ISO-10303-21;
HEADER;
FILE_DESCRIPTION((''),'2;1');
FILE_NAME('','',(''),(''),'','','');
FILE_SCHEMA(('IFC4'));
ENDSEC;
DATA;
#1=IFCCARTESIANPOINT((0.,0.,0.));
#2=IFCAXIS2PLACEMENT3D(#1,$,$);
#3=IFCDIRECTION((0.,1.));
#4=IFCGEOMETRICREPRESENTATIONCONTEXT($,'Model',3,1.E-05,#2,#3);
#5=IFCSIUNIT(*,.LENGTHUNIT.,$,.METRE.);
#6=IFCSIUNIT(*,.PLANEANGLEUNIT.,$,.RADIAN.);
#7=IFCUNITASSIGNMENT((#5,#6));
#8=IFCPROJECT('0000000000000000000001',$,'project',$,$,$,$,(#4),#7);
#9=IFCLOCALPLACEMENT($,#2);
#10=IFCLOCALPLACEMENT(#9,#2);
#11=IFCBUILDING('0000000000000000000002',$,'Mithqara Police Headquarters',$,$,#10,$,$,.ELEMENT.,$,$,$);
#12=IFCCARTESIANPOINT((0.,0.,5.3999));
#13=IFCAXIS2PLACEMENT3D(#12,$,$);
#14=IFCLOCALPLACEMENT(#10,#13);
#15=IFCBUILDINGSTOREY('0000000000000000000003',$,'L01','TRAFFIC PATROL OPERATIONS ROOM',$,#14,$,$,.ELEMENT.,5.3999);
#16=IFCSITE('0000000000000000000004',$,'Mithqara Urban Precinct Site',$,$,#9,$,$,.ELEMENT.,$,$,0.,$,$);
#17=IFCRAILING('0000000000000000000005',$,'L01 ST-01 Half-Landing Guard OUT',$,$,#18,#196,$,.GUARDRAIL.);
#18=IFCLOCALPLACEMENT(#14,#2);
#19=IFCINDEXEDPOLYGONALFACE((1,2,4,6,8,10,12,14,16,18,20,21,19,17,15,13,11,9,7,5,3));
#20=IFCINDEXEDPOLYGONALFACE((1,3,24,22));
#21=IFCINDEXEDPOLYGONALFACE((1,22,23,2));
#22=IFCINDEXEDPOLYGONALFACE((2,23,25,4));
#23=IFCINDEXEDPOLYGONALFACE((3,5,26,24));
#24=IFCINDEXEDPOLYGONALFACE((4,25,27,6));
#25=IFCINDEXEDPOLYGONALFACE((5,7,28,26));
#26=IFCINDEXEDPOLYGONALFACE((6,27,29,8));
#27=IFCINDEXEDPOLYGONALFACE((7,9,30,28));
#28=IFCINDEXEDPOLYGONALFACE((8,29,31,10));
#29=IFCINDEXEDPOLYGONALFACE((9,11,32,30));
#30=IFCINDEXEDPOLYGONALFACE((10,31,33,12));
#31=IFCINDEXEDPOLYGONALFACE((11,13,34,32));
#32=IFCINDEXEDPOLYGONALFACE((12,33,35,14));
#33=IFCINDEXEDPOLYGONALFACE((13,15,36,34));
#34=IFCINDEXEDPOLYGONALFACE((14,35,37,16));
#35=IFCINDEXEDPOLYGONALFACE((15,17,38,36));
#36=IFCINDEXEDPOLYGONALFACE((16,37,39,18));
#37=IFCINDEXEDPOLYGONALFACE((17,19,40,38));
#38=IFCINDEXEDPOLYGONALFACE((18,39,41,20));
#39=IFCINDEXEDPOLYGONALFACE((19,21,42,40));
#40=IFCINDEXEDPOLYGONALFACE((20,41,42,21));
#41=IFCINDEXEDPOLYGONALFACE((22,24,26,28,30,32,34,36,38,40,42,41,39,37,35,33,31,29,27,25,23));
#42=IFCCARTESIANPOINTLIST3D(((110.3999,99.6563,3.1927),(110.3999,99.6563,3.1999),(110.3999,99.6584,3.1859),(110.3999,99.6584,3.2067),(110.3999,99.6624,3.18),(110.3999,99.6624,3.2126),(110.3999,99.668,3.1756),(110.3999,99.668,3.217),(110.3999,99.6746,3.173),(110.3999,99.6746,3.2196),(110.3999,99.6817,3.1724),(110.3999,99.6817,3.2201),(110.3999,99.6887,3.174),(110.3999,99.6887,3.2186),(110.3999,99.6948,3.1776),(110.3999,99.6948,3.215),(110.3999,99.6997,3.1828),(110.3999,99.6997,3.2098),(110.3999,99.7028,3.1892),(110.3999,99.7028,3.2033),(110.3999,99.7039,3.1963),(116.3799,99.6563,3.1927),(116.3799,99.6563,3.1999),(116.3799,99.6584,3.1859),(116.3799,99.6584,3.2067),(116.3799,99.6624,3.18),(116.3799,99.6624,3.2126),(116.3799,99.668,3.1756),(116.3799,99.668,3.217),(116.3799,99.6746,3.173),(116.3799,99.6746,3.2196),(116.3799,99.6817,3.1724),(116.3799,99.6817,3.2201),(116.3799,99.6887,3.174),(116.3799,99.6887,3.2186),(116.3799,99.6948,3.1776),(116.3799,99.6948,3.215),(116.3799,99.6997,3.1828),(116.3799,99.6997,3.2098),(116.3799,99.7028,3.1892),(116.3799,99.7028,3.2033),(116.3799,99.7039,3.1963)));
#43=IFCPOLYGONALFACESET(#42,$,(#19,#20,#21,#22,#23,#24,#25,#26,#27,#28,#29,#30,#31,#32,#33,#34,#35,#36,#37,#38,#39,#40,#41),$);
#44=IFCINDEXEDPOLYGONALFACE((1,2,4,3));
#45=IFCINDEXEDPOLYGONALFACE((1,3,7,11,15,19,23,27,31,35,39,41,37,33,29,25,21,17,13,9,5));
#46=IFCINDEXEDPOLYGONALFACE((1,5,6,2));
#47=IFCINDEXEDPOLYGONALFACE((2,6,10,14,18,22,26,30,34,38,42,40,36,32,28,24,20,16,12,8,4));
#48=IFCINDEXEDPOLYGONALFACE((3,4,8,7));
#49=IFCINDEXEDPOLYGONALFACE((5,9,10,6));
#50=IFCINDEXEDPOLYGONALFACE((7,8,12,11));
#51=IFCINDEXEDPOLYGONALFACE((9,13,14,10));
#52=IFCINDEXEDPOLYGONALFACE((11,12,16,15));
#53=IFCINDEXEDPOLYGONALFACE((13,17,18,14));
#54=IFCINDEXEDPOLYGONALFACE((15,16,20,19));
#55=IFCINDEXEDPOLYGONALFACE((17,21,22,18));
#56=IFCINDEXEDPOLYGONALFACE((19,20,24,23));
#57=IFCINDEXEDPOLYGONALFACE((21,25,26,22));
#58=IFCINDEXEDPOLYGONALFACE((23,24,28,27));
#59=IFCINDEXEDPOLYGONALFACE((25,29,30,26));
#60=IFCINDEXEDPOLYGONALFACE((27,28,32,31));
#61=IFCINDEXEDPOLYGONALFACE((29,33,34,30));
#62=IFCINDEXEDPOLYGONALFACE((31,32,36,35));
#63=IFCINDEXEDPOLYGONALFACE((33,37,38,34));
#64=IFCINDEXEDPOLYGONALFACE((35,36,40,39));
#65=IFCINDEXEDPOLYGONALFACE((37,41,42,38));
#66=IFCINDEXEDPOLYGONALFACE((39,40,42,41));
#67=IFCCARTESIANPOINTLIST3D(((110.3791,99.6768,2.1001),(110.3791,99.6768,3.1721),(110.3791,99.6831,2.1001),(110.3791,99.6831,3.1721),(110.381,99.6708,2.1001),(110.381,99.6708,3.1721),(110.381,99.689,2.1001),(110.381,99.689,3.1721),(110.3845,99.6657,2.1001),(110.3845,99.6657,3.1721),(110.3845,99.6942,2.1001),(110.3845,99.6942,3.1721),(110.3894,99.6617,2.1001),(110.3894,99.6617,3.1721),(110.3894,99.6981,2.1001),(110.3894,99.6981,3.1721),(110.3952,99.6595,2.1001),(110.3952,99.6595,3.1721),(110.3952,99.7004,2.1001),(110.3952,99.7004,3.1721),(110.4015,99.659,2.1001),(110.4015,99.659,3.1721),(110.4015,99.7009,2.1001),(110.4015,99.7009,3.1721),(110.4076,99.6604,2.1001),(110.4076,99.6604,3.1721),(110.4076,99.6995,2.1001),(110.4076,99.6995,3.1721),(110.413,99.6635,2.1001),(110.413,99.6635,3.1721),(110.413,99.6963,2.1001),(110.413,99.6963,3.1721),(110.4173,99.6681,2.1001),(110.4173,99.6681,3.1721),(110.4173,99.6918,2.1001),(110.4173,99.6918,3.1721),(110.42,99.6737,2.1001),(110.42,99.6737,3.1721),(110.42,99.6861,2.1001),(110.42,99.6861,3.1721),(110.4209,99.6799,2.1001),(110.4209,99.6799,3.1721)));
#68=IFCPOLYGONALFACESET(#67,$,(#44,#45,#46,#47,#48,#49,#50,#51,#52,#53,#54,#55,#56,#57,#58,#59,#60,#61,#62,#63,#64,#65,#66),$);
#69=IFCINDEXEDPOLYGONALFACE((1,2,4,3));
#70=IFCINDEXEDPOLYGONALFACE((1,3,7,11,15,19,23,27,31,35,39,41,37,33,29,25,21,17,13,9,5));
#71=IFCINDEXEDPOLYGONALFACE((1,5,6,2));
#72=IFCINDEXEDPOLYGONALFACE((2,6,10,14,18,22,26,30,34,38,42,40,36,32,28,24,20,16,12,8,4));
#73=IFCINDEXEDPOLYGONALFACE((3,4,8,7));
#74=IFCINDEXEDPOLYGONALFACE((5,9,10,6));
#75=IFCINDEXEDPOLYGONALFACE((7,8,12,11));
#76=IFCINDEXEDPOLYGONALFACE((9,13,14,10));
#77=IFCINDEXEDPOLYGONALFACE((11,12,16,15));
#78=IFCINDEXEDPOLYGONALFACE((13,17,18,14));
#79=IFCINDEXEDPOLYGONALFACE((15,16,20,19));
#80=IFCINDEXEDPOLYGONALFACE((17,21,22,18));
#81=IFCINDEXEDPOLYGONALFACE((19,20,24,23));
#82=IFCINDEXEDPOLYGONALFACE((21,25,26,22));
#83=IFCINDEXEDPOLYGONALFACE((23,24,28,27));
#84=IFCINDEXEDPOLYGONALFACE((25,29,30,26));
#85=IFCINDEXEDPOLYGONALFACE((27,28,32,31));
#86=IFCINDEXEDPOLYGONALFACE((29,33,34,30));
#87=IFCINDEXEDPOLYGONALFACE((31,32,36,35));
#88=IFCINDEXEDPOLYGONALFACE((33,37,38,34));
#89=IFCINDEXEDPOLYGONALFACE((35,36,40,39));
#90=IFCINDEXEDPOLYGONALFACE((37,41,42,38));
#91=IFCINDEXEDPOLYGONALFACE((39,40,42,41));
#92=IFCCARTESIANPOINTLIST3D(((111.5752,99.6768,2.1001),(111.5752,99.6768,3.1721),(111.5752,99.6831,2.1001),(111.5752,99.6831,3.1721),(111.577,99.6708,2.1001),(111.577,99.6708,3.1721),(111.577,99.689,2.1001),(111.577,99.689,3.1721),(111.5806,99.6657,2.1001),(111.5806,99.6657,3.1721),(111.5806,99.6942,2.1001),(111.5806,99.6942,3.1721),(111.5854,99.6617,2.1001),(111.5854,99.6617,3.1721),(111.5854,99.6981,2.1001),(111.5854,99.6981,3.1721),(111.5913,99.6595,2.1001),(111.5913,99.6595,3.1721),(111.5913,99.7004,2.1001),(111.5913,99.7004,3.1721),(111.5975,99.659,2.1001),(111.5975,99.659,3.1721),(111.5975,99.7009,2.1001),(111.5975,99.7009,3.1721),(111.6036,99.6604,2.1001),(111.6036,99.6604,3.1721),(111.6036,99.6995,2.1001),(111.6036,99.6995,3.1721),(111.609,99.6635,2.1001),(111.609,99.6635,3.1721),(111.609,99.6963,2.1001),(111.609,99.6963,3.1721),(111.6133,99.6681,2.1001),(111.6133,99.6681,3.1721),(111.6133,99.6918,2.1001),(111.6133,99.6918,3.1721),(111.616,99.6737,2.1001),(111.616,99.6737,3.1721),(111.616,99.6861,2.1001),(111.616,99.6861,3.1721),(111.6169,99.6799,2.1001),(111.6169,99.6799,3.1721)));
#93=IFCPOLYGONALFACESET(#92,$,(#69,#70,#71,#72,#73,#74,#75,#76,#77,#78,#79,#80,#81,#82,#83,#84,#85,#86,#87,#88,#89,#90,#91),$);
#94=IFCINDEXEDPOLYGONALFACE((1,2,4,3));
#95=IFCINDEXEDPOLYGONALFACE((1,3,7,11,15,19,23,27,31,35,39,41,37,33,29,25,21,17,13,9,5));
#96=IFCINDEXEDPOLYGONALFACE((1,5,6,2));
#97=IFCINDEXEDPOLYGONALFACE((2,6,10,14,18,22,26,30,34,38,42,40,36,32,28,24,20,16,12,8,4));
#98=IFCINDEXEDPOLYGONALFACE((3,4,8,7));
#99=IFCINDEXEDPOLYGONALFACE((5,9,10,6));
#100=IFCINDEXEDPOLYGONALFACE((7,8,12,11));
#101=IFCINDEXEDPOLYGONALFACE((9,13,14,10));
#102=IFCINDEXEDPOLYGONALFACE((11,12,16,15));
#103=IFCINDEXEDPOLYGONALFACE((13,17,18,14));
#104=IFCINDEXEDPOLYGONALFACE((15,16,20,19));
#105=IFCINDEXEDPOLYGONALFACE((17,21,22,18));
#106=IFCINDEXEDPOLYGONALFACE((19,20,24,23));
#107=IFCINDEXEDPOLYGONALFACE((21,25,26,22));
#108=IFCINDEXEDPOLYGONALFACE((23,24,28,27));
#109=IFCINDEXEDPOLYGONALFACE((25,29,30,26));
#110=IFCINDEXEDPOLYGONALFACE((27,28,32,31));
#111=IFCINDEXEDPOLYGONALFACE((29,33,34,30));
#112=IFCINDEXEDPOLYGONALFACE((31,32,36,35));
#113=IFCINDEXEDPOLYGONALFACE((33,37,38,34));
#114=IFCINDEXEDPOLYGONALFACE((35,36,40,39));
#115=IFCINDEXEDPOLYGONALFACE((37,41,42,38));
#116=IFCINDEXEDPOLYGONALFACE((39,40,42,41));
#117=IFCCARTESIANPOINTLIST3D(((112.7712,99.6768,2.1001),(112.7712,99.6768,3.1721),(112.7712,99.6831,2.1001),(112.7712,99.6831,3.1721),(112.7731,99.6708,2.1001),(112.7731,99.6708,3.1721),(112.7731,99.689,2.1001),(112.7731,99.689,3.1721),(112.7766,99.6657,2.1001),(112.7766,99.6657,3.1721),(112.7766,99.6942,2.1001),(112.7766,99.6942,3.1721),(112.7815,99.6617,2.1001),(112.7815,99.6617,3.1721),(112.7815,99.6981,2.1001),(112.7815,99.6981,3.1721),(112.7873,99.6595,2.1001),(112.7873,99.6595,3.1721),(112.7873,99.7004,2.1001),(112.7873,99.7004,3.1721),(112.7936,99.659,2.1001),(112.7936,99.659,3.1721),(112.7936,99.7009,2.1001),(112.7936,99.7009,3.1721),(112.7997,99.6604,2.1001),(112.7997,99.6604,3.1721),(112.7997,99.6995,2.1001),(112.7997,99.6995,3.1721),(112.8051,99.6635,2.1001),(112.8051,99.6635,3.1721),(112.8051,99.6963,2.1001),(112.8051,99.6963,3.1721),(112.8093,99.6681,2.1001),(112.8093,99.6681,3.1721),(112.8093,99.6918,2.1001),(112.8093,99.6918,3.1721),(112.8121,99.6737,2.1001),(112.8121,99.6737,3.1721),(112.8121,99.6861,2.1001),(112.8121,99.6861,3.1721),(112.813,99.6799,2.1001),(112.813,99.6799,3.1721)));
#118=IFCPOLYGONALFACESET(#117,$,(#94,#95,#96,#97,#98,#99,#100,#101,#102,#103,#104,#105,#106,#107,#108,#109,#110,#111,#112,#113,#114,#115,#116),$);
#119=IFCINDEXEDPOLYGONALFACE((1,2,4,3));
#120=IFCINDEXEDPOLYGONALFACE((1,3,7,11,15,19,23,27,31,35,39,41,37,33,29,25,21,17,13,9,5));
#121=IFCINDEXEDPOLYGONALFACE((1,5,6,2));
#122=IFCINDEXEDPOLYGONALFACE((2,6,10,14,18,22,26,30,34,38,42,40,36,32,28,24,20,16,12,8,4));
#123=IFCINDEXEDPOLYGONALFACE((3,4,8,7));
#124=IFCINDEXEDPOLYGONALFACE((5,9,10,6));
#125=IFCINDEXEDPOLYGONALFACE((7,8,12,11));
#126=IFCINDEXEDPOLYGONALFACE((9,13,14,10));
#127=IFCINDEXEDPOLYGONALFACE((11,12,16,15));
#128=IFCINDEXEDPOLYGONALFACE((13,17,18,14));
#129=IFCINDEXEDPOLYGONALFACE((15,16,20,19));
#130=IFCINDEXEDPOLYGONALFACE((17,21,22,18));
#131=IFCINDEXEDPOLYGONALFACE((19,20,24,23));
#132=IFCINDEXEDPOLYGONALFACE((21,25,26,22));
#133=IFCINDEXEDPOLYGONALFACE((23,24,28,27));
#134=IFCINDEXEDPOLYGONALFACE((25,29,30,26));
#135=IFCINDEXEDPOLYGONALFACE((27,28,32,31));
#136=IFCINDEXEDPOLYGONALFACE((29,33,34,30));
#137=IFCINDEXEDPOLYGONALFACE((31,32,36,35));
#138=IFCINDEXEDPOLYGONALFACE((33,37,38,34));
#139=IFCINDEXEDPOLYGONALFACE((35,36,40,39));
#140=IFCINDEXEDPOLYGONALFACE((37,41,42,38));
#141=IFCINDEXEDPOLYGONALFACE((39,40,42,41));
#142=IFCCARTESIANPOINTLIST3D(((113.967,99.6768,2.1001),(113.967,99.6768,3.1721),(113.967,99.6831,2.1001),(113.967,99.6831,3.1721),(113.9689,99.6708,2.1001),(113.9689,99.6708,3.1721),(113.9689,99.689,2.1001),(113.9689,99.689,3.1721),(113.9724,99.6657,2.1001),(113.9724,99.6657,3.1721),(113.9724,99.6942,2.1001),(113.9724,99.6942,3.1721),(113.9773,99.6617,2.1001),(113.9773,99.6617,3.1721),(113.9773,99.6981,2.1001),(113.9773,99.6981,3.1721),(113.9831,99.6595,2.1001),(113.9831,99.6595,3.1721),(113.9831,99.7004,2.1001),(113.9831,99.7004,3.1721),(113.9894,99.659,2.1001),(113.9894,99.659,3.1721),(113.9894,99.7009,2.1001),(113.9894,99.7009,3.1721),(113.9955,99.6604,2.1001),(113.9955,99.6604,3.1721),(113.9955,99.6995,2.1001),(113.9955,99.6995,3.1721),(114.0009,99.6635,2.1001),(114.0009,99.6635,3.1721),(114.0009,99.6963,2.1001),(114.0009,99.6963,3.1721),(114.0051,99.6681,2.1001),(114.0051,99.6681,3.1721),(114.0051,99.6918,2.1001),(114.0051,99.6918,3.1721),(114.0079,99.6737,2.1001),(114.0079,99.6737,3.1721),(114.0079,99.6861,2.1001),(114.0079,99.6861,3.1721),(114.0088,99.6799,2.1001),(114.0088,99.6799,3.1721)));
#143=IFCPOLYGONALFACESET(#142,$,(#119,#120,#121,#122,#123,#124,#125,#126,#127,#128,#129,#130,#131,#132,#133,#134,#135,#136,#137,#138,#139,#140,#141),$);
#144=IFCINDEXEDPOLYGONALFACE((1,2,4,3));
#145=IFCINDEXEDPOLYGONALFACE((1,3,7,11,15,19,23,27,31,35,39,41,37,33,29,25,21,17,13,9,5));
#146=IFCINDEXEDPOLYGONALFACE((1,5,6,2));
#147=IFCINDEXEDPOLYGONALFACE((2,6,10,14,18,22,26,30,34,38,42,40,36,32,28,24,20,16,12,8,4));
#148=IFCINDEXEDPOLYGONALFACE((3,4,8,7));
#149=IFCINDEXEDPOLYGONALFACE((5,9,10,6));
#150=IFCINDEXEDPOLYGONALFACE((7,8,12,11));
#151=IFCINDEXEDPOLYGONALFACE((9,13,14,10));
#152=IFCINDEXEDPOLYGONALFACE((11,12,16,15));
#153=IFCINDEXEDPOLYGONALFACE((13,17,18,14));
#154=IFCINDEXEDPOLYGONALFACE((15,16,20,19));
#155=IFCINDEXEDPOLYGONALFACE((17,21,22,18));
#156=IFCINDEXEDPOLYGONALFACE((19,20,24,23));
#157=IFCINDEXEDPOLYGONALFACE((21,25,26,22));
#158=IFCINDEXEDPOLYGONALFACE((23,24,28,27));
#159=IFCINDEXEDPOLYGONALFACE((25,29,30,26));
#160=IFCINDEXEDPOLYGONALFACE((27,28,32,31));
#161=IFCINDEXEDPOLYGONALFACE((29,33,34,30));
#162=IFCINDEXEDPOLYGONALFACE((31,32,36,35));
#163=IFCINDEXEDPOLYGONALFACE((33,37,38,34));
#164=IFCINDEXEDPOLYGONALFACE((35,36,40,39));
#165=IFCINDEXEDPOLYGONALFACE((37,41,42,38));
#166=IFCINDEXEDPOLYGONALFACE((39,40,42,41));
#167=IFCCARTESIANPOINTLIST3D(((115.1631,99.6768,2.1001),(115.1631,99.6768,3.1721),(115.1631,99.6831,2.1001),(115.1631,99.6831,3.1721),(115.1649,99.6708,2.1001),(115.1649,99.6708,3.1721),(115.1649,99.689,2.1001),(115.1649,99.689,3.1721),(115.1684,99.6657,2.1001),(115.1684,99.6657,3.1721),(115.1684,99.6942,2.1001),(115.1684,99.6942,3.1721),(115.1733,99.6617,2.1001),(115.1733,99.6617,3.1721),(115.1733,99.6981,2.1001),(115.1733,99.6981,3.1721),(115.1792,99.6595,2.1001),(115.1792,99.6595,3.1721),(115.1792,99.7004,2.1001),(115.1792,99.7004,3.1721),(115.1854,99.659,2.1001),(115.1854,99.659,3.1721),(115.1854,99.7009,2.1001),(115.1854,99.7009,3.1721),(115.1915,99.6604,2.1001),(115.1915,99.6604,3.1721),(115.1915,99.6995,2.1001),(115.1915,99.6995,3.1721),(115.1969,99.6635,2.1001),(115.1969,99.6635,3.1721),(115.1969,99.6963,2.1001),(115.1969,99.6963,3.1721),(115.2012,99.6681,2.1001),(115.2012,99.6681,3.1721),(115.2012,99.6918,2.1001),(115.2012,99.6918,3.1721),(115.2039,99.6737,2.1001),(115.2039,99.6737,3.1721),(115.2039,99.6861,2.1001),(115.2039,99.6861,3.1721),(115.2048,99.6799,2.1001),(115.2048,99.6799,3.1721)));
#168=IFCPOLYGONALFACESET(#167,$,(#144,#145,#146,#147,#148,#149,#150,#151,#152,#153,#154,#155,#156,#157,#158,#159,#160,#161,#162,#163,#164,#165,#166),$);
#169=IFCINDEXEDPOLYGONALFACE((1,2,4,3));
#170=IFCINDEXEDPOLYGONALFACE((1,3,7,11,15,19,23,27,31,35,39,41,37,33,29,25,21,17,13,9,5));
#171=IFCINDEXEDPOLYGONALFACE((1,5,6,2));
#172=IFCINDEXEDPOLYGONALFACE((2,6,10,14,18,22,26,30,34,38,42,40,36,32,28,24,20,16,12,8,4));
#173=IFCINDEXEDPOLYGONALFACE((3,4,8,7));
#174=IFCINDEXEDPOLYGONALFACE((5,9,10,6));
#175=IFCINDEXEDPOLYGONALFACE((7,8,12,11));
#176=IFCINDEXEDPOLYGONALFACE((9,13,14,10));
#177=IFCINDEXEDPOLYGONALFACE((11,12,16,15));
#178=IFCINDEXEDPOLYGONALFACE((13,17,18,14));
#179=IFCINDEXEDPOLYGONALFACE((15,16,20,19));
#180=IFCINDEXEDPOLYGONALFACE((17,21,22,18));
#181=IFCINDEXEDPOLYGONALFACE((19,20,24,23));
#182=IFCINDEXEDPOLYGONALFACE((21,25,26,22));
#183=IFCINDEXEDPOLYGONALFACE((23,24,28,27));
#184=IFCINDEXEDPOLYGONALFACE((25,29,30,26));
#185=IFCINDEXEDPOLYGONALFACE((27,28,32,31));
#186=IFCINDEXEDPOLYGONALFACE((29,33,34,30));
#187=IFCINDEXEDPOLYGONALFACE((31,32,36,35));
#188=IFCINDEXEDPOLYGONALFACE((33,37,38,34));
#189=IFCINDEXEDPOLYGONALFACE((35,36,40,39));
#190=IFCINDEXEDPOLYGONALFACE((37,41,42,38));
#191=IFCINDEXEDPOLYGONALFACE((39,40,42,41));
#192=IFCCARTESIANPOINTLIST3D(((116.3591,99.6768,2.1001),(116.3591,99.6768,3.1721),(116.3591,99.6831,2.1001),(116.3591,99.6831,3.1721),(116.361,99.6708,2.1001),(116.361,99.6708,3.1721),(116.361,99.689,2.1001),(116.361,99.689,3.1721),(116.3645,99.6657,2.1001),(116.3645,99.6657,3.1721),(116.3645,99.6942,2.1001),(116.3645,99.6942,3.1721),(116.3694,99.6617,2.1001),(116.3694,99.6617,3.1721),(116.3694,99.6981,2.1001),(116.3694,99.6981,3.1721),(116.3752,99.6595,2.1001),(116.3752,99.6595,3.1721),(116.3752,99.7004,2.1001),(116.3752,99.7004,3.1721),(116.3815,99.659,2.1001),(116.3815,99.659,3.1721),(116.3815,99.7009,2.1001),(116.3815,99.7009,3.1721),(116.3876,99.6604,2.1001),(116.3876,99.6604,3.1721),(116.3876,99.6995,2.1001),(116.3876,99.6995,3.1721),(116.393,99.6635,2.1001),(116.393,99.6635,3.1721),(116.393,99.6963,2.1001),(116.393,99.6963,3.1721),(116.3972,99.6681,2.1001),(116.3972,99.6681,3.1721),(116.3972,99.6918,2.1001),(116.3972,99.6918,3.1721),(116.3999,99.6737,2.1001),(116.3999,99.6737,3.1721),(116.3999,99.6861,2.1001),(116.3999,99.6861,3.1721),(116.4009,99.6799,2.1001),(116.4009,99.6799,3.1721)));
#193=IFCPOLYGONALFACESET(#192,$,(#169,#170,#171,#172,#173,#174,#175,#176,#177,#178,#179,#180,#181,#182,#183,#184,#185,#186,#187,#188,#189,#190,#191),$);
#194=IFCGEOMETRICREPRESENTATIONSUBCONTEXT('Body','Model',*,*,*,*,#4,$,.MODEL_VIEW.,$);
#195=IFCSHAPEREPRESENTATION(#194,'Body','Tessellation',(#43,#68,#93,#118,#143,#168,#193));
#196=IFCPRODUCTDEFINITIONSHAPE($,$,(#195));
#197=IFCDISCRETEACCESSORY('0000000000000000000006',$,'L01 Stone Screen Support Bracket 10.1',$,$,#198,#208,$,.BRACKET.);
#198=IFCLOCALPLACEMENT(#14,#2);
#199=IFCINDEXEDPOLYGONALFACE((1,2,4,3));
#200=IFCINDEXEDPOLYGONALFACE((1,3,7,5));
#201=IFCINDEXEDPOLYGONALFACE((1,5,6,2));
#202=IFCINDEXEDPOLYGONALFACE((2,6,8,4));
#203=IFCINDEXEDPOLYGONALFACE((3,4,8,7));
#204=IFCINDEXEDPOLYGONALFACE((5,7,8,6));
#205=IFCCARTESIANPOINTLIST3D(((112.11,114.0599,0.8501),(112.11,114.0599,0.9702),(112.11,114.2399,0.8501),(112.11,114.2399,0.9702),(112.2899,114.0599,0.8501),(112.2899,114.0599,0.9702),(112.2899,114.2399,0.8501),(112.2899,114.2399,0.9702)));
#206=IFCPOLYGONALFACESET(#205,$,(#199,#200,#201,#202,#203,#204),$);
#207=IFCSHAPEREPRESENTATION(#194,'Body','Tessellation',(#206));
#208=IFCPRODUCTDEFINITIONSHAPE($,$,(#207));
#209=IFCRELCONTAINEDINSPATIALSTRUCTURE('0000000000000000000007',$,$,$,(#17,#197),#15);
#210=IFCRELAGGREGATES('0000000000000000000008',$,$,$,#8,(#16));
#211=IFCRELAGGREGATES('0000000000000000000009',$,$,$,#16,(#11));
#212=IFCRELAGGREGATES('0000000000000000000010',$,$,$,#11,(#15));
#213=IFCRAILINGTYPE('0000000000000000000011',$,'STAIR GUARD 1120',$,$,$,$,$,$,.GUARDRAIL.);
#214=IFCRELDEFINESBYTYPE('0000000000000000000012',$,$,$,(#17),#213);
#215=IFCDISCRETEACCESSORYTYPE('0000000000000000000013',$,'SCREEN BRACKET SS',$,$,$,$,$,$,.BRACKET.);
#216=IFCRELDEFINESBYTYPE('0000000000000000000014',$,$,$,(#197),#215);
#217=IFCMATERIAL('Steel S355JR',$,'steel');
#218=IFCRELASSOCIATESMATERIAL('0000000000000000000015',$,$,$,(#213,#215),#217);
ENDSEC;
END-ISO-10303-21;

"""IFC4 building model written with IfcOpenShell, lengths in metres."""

from ifc_helpers import new_model, si_unit, direction, frame, origin, origin_2d, place, context, subcontext, project, spatial, rectangle, circle, extrude, material, type_object, element, save


model = new_model("IFC4")

# Units and contexts
model_context = context("Model", 3, precision=1e-05, world=origin(), true_north=direction((0.0, 1.0)))
body_context = subcontext(model_context, "Body", "Model", "MODEL_VIEW")
ifc_project = project(units=[si_unit("LENGTHUNIT", "METRE"), si_unit("PLANEANGLEUNIT", "RADIAN")], contexts=[model_context])

# Site, building, storey
site_placement = place(None, origin())
site = spatial("IfcSite", under=ifc_project, at=site_placement, Name="Mithqara Urban Precinct Site", CompositionType="ELEMENT", RefElevation=0.0)
building_placement = place(site_placement, origin())
building = spatial("IfcBuilding", under=site, at=building_placement, Name="Mithqara Police Headquarters", CompositionType="ELEMENT")
storey_placement = place(building_placement, frame((0.0, 0.0, 5.3999)))
storey = spatial("IfcBuildingStorey", under=building, at=storey_placement, Name="L01", Description="TRAFFIC PATROL OPERATIONS ROOM", CompositionType="ELEMENT", Elevation=5.3999)

# Shared definitions
ifc_material_1 = material(Name="Steel S355JR", Category="steel")

# Railing
railing_type_1 = type_object("IfcRailingType", Name="STAIR GUARD 1120", PredefinedType="GUARDRAIL", material=ifc_material_1)
for number, where, name in (
    (1, (110.3999, 99.6799, 2.1001), "L01 ST-01 Half-Landing Guard OUT"),
):
    element("IfcRailing", number, at=place(storey_placement, frame(where)), inside=storey, type_object=railing_type_1, Name=name, PredefinedType="GUARDRAIL", context=body_context, shape_type="SweptSolid", body=[
        extrude(circle(Radius=0.0239, at=origin_2d()), frame((0.0, 0.0, 1.0962), z_axis=(1.0, 0.0, 0.0), x_axis=(0.0, 1.0, 0.0)), (0.0, 0.0, 1.0), 5.98),
        extrude(circle(Radius=0.021, at=origin_2d()), origin(), (0.0, 0.0, 1.0), 1.072),
        extrude(circle(Radius=0.021, at=origin_2d()), frame((1.196, 0.0, 0.0)), (0.0, 0.0, 1.0), 1.072),
        extrude(circle(Radius=0.021, at=origin_2d()), frame((2.3921, 0.0, 0.0)), (0.0, 0.0, 1.0), 1.072),
        extrude(circle(Radius=0.021, at=origin_2d()), frame((3.5879, 0.0, 0.0)), (0.0, 0.0, 1.0), 1.072),
        extrude(circle(Radius=0.021, at=origin_2d()), frame((4.7839, 0.0, 0.0)), (0.0, 0.0, 1.0), 1.072),
        extrude(circle(Radius=0.021, at=origin_2d()), frame((5.98, 0.0, 0.0)), (0.0, 0.0, 1.0), 1.072),
    ])

# Discrete accessory
discrete_accessory_type = type_object("IfcDiscreteAccessoryType", Name="SCREEN BRACKET SS", PredefinedType="BRACKET", material=ifc_material_1)
discrete_accessory_placement = place(storey_placement, frame((112.2, 114.1499, 0.8501), z_axis=(0.0, 0.0, 1.0), x_axis=(1.0, 0.0, 0.0)))
element("IfcDiscreteAccessory", 2, at=discrete_accessory_placement, inside=storey, type_object=discrete_accessory_type, Name="L01 Stone Screen Support Bracket 10.1", PredefinedType="BRACKET", context=body_context, shape_type="SweptSolid", body=[
    extrude(rectangle(XDim=0.1799, YDim=0.1799, at=origin_2d()), origin(), (0.0, 0.0, 1.0), 0.1201),
])

save(model, "model.ifc")
